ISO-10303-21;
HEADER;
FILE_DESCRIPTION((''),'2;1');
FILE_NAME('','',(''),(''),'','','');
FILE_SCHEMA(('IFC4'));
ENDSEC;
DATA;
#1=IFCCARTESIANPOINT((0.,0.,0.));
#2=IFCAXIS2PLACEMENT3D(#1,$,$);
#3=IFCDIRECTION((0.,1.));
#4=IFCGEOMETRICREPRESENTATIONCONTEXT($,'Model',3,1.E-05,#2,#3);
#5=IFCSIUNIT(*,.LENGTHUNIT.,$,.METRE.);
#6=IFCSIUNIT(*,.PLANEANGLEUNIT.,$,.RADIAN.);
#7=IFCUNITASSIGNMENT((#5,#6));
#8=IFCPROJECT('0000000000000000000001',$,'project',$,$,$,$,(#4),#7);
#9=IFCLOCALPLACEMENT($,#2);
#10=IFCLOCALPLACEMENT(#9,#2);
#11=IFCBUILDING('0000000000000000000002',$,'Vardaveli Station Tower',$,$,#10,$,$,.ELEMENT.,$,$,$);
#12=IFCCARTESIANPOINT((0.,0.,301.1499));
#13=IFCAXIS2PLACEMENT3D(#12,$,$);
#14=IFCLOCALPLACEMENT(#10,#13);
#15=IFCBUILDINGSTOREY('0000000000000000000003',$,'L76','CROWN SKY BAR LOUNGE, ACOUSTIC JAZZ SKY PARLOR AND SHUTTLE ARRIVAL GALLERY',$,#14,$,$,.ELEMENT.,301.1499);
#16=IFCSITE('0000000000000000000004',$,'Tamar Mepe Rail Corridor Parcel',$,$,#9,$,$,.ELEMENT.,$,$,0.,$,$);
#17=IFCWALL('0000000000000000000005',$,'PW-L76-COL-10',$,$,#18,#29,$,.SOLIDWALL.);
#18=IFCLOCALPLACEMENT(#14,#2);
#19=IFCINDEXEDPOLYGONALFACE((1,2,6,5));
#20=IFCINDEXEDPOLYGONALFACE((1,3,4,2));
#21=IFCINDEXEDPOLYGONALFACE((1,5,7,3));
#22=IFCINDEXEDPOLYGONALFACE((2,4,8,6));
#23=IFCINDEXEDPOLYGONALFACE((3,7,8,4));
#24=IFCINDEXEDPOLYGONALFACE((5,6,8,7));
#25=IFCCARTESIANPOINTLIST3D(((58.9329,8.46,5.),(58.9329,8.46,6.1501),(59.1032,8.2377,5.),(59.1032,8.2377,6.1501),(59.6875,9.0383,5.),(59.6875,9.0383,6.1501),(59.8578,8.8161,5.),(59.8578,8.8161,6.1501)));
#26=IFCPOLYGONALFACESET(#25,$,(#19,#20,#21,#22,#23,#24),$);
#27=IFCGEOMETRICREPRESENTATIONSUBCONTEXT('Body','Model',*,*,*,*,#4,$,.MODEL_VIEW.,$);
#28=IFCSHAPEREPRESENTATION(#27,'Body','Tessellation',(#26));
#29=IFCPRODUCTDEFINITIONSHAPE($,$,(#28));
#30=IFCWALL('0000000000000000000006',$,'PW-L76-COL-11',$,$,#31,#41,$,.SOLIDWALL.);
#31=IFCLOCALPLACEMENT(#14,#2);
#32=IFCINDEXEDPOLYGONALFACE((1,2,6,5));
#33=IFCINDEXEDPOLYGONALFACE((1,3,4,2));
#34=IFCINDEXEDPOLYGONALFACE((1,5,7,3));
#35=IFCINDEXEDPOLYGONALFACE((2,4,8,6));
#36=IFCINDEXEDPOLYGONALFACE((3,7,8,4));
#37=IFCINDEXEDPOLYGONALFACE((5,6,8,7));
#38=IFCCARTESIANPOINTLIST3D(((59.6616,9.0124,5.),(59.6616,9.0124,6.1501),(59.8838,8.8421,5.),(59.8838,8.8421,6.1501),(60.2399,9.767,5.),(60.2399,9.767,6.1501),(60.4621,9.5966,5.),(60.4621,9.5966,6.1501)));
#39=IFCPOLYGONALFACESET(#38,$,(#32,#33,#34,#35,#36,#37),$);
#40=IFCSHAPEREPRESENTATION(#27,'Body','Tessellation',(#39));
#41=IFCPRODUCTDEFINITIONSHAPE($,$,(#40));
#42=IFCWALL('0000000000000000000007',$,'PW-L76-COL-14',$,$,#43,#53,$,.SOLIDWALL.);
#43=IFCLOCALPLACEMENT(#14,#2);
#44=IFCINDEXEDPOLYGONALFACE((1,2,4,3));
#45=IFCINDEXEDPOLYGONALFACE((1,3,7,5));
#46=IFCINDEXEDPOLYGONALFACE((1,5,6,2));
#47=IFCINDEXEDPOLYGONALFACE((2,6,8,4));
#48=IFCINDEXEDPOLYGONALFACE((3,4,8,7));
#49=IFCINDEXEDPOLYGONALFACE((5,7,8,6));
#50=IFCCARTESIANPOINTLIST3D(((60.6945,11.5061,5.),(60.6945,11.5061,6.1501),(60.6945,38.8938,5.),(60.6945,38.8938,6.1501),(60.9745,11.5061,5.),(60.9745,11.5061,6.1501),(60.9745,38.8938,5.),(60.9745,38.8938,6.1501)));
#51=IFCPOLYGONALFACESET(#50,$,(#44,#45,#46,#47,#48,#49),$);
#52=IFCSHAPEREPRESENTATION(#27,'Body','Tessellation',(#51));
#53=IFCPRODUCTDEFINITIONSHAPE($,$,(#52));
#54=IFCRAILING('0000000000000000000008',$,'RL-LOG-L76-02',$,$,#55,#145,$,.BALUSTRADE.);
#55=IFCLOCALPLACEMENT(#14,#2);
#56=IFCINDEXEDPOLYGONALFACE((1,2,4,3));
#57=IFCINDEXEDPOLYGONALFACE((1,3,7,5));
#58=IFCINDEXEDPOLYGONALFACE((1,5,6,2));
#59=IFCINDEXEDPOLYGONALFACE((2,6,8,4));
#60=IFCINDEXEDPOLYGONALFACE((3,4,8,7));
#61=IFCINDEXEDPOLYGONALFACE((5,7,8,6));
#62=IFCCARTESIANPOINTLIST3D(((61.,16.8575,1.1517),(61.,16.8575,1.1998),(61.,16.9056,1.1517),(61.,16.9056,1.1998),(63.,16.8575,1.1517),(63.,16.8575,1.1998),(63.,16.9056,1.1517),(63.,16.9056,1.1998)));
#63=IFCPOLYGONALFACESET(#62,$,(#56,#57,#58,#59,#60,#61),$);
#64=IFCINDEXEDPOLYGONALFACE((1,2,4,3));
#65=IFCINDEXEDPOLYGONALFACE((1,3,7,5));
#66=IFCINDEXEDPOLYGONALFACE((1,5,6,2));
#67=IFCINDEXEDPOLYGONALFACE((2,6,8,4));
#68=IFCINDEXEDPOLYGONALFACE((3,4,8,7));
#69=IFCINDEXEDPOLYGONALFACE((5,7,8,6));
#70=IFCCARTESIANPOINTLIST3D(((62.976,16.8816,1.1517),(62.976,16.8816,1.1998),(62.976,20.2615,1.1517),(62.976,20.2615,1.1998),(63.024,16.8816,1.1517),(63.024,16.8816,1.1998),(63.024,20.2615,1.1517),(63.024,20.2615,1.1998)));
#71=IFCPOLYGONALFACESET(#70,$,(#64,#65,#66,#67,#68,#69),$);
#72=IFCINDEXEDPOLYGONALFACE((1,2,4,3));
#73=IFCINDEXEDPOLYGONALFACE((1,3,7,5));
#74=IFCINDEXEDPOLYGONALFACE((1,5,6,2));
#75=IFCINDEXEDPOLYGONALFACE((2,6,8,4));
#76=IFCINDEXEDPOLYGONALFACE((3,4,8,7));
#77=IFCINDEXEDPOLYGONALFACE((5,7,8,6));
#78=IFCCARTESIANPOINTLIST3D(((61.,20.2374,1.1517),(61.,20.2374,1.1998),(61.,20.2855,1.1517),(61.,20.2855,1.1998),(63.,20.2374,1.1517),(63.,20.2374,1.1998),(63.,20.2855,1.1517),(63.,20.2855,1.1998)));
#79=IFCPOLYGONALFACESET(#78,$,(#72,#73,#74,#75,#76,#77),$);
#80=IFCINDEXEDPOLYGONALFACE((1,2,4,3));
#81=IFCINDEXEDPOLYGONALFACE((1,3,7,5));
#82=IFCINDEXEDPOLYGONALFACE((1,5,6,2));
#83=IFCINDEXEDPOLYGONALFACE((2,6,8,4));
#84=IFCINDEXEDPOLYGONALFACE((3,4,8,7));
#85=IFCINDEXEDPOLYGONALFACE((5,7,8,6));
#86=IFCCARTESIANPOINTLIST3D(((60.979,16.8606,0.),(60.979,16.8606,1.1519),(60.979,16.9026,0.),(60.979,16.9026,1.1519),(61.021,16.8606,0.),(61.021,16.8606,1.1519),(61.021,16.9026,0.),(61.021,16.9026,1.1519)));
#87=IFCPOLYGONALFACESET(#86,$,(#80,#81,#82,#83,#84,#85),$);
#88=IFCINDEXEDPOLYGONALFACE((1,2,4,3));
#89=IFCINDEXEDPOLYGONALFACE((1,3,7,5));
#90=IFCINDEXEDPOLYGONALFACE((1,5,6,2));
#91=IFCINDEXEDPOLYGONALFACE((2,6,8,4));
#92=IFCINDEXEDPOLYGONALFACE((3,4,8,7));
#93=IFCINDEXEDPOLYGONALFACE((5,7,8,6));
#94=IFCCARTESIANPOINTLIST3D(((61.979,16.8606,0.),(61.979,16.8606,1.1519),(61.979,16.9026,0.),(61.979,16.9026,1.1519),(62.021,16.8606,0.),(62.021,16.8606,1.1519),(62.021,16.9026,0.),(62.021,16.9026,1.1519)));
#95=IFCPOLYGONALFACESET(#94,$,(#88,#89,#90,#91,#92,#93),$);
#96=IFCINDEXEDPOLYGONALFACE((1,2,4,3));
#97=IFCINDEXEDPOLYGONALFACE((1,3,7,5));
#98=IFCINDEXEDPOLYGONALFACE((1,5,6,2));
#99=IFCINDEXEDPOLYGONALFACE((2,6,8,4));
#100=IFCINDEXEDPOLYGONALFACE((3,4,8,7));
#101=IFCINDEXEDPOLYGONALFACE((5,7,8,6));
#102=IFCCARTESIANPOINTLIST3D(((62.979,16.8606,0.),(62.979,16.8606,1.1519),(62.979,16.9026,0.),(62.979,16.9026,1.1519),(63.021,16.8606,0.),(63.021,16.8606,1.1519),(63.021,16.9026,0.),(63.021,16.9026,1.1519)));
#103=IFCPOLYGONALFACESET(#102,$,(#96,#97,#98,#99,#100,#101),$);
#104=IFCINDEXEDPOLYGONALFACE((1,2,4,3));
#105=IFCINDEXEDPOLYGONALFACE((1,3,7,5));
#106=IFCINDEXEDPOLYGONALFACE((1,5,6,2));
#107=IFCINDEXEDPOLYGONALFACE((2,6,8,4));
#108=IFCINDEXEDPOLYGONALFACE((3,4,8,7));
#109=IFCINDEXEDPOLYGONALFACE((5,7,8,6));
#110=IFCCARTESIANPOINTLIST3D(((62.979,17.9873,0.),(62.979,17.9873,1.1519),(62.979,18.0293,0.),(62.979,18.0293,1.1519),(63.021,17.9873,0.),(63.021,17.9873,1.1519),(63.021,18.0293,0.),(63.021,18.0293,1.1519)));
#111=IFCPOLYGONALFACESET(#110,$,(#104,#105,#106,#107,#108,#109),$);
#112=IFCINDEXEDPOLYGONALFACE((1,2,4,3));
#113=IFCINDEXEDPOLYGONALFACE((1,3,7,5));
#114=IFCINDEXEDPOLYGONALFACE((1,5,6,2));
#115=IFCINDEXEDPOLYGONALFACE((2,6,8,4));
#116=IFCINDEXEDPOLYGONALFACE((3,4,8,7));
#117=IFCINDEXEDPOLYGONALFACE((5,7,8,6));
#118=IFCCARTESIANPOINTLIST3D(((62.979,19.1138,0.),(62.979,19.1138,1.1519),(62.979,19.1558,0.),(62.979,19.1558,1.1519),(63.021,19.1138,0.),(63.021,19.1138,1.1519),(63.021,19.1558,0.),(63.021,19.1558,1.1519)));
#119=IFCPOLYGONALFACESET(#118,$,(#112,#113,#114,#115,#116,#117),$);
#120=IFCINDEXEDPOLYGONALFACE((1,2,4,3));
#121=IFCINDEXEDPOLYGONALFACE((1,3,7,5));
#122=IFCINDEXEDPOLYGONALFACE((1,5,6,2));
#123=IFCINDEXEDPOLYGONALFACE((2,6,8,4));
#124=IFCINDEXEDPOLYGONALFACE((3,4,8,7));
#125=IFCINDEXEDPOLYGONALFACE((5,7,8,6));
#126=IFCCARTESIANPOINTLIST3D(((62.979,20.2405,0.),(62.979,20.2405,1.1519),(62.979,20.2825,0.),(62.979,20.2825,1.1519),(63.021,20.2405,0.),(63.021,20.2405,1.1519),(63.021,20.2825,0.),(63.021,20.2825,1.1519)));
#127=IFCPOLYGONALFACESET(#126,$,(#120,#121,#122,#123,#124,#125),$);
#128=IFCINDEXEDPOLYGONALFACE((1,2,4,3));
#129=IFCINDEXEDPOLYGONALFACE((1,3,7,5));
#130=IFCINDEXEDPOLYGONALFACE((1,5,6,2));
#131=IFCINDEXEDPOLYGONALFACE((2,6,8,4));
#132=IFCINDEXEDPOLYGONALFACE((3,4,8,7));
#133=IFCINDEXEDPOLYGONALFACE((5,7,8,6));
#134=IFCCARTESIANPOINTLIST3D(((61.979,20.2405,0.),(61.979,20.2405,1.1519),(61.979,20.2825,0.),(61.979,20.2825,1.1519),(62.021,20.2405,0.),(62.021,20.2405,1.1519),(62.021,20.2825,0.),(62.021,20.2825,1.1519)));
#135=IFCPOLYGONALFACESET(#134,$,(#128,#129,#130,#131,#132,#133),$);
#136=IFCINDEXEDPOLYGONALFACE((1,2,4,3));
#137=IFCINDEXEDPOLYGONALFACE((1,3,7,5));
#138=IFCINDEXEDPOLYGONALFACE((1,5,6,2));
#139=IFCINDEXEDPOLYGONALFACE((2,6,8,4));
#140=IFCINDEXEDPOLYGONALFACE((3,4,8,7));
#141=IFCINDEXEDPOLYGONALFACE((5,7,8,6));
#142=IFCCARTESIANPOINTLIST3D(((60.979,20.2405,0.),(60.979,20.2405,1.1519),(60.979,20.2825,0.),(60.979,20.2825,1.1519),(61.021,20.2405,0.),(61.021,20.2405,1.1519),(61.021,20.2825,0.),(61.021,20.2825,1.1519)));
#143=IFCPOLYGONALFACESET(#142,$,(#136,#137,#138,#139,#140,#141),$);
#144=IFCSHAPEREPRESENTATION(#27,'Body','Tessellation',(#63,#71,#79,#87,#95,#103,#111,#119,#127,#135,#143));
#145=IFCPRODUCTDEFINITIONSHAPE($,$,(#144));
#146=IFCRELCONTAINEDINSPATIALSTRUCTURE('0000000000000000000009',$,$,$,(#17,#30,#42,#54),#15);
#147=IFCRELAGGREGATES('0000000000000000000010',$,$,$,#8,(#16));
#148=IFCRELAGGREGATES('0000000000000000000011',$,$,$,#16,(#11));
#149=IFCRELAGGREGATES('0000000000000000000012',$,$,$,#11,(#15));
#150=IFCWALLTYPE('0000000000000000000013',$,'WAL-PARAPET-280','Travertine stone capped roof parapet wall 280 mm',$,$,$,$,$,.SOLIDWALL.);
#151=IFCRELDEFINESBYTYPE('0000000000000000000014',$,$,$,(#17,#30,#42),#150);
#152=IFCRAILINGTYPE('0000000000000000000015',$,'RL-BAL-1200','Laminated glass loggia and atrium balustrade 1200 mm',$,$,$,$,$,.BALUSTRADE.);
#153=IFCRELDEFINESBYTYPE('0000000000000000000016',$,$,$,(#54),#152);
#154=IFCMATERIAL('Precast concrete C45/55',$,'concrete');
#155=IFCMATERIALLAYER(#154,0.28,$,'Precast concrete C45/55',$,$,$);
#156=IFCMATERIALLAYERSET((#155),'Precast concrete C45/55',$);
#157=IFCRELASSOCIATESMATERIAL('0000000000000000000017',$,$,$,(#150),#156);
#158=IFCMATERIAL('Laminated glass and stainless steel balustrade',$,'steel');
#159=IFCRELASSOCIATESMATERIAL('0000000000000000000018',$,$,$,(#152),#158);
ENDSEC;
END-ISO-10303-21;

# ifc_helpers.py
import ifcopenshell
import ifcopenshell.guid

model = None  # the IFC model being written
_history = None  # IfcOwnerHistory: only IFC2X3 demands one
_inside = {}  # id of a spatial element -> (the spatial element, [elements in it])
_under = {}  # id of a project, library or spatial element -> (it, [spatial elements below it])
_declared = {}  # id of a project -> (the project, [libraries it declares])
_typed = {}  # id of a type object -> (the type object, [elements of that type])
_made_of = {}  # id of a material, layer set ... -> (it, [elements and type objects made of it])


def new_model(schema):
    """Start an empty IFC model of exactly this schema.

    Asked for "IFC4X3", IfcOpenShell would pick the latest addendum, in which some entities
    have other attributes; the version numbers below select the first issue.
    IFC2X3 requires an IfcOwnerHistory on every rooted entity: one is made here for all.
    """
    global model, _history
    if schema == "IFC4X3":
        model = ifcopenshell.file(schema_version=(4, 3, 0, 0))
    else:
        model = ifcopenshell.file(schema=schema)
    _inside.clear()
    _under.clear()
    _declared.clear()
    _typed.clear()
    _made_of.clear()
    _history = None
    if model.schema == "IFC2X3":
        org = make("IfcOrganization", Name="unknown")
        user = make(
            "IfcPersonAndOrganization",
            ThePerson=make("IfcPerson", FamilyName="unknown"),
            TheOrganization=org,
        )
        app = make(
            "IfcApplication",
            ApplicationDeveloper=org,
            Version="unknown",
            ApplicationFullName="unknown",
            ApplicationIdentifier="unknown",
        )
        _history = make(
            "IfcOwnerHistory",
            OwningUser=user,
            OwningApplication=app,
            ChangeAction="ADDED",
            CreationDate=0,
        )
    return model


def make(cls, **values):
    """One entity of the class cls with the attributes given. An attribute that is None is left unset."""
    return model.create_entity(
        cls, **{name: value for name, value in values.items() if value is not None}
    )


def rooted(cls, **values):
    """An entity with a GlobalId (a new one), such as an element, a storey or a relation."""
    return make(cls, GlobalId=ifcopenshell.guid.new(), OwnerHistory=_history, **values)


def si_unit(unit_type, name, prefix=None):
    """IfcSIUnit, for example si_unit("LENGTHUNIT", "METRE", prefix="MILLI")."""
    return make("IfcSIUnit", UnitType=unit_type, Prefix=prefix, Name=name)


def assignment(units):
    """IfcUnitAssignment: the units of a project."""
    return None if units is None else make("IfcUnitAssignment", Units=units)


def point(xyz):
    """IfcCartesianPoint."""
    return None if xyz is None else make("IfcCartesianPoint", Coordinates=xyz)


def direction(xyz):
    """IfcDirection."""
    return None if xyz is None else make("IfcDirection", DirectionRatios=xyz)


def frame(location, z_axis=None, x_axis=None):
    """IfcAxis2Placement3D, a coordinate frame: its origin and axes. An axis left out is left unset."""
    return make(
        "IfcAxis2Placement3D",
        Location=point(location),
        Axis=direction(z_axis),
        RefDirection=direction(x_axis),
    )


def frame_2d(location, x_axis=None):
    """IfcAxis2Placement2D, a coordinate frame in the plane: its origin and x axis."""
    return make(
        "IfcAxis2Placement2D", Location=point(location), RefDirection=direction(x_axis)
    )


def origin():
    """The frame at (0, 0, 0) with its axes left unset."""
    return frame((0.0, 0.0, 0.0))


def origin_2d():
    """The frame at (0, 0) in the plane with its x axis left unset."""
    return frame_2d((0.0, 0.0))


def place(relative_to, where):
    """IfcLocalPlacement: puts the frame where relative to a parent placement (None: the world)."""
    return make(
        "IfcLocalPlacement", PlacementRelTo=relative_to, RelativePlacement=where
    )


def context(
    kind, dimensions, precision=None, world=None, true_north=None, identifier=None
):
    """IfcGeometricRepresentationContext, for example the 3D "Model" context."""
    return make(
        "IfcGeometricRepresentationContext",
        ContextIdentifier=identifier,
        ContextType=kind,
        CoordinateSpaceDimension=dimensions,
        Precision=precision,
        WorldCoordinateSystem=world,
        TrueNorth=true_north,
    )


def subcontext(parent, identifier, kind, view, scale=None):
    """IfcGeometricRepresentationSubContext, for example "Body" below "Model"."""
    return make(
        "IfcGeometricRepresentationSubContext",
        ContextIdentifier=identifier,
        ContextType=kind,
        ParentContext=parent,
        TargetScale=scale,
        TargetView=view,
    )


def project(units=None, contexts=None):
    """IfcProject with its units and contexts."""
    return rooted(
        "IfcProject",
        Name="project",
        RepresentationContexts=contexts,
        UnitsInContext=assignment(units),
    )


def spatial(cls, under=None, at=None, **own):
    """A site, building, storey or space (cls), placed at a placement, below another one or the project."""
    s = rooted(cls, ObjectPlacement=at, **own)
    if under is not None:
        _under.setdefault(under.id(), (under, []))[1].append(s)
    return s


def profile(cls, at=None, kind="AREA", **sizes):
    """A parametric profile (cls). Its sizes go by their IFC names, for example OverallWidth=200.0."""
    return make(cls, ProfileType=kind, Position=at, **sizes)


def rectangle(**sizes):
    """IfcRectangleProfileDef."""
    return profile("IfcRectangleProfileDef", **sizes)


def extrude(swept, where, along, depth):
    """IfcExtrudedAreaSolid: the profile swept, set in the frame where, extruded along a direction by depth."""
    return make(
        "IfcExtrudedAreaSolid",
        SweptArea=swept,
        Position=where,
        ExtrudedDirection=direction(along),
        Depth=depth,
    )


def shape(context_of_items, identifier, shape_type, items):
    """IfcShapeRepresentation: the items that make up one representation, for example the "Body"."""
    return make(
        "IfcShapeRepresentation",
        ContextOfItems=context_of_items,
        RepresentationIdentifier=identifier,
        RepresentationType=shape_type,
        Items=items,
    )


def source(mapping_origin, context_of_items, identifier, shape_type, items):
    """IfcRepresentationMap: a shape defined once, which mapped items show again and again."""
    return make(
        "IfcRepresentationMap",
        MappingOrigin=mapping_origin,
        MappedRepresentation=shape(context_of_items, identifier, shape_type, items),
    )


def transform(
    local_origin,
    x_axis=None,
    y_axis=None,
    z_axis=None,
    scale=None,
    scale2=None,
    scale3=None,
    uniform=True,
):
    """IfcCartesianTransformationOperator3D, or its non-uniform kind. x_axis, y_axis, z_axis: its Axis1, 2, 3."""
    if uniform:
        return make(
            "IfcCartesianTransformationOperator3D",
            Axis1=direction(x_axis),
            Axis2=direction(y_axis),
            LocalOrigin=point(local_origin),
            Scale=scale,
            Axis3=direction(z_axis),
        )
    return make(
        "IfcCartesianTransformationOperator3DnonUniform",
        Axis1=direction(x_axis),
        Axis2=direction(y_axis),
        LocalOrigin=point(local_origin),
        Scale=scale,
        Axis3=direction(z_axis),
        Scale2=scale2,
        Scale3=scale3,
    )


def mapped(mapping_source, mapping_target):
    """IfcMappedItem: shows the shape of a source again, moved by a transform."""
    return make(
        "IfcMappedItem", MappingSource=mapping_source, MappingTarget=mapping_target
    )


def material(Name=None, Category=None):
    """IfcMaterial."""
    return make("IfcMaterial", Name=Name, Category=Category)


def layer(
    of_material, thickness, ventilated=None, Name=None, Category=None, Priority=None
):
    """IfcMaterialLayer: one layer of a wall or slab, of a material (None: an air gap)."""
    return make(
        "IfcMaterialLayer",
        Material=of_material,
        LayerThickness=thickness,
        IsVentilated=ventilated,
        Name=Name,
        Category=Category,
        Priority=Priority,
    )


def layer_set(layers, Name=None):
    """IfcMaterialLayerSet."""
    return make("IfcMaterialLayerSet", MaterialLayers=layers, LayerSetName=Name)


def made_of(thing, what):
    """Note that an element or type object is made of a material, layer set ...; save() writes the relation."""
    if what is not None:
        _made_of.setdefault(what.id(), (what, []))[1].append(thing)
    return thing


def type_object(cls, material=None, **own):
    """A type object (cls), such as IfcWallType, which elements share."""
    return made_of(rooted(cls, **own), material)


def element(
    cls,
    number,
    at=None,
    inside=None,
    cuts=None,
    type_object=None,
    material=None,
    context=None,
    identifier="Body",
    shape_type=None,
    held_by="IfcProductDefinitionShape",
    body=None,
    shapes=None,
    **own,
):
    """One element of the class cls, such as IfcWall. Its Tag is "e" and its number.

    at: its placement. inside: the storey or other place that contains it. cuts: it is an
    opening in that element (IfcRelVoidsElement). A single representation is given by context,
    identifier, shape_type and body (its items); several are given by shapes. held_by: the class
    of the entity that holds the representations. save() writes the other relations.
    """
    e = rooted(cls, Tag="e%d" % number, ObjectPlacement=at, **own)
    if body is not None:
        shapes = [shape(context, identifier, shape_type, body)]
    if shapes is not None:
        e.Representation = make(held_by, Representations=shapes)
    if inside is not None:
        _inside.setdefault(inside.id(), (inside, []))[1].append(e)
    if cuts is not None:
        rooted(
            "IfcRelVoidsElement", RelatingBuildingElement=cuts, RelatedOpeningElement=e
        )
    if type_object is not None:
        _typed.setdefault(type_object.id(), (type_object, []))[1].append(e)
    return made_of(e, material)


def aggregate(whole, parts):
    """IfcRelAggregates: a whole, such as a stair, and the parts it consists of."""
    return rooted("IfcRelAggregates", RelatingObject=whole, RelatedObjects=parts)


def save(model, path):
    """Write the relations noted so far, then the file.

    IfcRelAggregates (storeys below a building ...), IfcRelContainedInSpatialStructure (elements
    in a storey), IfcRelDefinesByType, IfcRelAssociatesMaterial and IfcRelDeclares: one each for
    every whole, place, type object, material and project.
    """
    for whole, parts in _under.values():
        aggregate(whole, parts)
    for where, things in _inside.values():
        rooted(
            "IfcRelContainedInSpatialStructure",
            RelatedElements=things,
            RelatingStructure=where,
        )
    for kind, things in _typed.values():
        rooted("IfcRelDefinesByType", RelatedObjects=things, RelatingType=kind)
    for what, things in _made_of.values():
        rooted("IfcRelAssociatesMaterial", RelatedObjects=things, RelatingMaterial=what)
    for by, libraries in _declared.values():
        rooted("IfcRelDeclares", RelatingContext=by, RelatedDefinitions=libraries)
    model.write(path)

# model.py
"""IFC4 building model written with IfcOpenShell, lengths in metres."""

from ifc_helpers import new_model, si_unit, direction, frame, frame_2d, origin, origin_2d, place, context, subcontext, project, spatial, rectangle, extrude, source, transform, mapped, material, layer, layer_set, type_object, element, save


model = new_model("IFC4")

# Units and contexts
model_context = context("Model", 3, precision=1e-05, world=origin(), true_north=direction((0.0, 1.0)))
body_context = subcontext(model_context, "Body", "Model", "MODEL_VIEW")
ifc_project = project(units=[si_unit("LENGTHUNIT", "METRE"), si_unit("PLANEANGLEUNIT", "RADIAN")], contexts=[model_context])

# Site, building, storey
site_placement = place(None, origin())
site = spatial("IfcSite", under=ifc_project, at=site_placement, Name="Tamar Mepe Rail Corridor Parcel", CompositionType="ELEMENT", RefElevation=0.0)
building_placement = place(site_placement, origin())
building = spatial("IfcBuilding", under=site, at=building_placement, Name="Vardaveli Station Tower", CompositionType="ELEMENT")
storey_placement = place(building_placement, frame((0.0, 0.0, 301.1499)))
storey = spatial("IfcBuildingStorey", under=building, at=storey_placement, Name="L76", Description="CROWN SKY BAR LOUNGE, ACOUSTIC JAZZ SKY PARLOR AND SHUTTLE ARRIVAL GALLERY", CompositionType="ELEMENT", Elevation=301.1499)

# Shared definitions
ifc_material_1 = material(Name="Precast concrete C45/55", Category="concrete")

# Walls
ifc_layer_1 = layer(ifc_material_1, 0.28, Name="Precast concrete C45/55")
ifc_layer_set_1 = layer_set([ifc_layer_1], Name="Precast concrete C45/55")
wall_type_1 = type_object("IfcWallType", Name="WAL-PARAPET-280", Description="Travertine stone capped roof parapet wall 280 mm", PredefinedType="SOLIDWALL", material=ifc_layer_set_1)
shared_shape_1 = source(origin(), body_context, "Body", "SweptSolid", [
    extrude(rectangle(XDim=0.9507, YDim=0.28, at=frame_2d((0.4753, 0.0))), origin(), (0.0, 0.0, 1.0), 1.1501),
])
for number, where, z_axis, x_axis, name in (
    (1, (59.0181, 8.3489, 5.0), (0.0, 0.0, 1.0), (0.793701, 0.608308, 0.0), "PW-L76-COL-10"),
    (2, (59.7727, 8.9272, 5.0), (0.0, 0.0, 1.0), (0.608308, 0.793701, 0.0), "PW-L76-COL-11"),
):
    element("IfcWall", number, at=place(storey_placement, frame(where, z_axis=z_axis, x_axis=x_axis)), inside=storey, type_object=wall_type_1, Name=name, PredefinedType="SOLIDWALL", context=body_context, shape_type="MappedRepresentation", body=[
        mapped(shared_shape_1, transform((0.0, 0.0, 0.0), scale=1.0)),
    ])
shared_shape_2 = source(origin(), body_context, "Body", "SweptSolid", [
    extrude(rectangle(XDim=27.3877, YDim=0.28, at=frame_2d((13.6938, 0.0))), origin(), (0.0, 0.0, 1.0), 1.1501),
])
wall_1_placement = place(storey_placement, frame((60.8345, 11.5061, 5.0), z_axis=(0.0, 0.0, 1.0), x_axis=(0.0, 1.0, 0.0)))
element("IfcWall", 3, at=wall_1_placement, inside=storey, type_object=wall_type_1, Name="PW-L76-COL-14", PredefinedType="SOLIDWALL", context=body_context, shape_type="MappedRepresentation", body=[
    mapped(shared_shape_2, transform((0.0, 0.0, 0.0), scale=1.0)),
])

# Railing
ifc_material_2 = material(Name="Laminated glass and stainless steel balustrade", Category="steel")
railing_type = type_object("IfcRailingType", Name="RL-BAL-1200", Description="Laminated glass loggia and atrium balustrade 1200 mm", PredefinedType="BALUSTRADE", material=ifc_material_2)
shared_shape_3 = source(origin(), body_context, "Body", "SweptSolid", [
    extrude(rectangle(XDim=0.0481, YDim=0.0481, at=origin_2d()), frame((0.0, 0.0, 1.1758), z_axis=(1.0, 0.0, 0.0), x_axis=(0.0, 1.0, 0.0)), (0.0, 0.0, 1.0), 2.0),
    extrude(rectangle(XDim=0.0481, YDim=0.0481, at=origin_2d()), frame((2.0, 0.0, 1.1758), z_axis=(0.0, 1.0, 0.0), x_axis=(-1.0, 0.0, 0.0)), (0.0, 0.0, 1.0), 3.3799),
    extrude(rectangle(XDim=0.0481, YDim=0.0481, at=origin_2d()), frame((2.0, 3.3799, 1.1758), z_axis=(-1.0, 0.0, 0.0), x_axis=(0.0, -1.0, 0.0)), (0.0, 0.0, 1.0), 2.0),
    extrude(rectangle(XDim=0.042, YDim=0.042, at=origin_2d()), origin(), (0.0, 0.0, 1.0), 1.1519),
    extrude(rectangle(XDim=0.042, YDim=0.042, at=origin_2d()), frame((1.0, 0.0, 0.0)), (0.0, 0.0, 1.0), 1.1519),
    extrude(rectangle(XDim=0.042, YDim=0.042, at=origin_2d()), frame((2.0, 0.0, 0.0)), (0.0, 0.0, 1.0), 1.1519),
    extrude(rectangle(XDim=0.042, YDim=0.042, at=origin_2d()), frame((2.0, 1.1267, 0.0)), (0.0, 0.0, 1.0), 1.1519),
    extrude(rectangle(XDim=0.042, YDim=0.042, at=origin_2d()), frame((2.0, 2.2532, 0.0)), (0.0, 0.0, 1.0), 1.1519),
    extrude(rectangle(XDim=0.042, YDim=0.042, at=origin_2d()), frame((2.0, 3.3799, 0.0)), (0.0, 0.0, 1.0), 1.1519),
    extrude(rectangle(XDim=0.042, YDim=0.042, at=origin_2d()), frame((1.0, 3.3799, 0.0)), (0.0, 0.0, 1.0), 1.1519),
    extrude(rectangle(XDim=0.042, YDim=0.042, at=origin_2d()), frame((0.0, 3.3799, 0.0)), (0.0, 0.0, 1.0), 1.1519),
])
railing_placement = place(storey_placement, frame((61.0, 16.8816, 0.0)))
element("IfcRailing", 4, at=railing_placement, inside=storey, type_object=railing_type, Name="RL-LOG-L76-02", PredefinedType="BALUSTRADE", context=body_context, shape_type="MappedRepresentation", body=[
    mapped(shared_shape_3, transform((0.0, 0.0, 0.0), scale=1.0)),
])

save(model, "model.ifc")
